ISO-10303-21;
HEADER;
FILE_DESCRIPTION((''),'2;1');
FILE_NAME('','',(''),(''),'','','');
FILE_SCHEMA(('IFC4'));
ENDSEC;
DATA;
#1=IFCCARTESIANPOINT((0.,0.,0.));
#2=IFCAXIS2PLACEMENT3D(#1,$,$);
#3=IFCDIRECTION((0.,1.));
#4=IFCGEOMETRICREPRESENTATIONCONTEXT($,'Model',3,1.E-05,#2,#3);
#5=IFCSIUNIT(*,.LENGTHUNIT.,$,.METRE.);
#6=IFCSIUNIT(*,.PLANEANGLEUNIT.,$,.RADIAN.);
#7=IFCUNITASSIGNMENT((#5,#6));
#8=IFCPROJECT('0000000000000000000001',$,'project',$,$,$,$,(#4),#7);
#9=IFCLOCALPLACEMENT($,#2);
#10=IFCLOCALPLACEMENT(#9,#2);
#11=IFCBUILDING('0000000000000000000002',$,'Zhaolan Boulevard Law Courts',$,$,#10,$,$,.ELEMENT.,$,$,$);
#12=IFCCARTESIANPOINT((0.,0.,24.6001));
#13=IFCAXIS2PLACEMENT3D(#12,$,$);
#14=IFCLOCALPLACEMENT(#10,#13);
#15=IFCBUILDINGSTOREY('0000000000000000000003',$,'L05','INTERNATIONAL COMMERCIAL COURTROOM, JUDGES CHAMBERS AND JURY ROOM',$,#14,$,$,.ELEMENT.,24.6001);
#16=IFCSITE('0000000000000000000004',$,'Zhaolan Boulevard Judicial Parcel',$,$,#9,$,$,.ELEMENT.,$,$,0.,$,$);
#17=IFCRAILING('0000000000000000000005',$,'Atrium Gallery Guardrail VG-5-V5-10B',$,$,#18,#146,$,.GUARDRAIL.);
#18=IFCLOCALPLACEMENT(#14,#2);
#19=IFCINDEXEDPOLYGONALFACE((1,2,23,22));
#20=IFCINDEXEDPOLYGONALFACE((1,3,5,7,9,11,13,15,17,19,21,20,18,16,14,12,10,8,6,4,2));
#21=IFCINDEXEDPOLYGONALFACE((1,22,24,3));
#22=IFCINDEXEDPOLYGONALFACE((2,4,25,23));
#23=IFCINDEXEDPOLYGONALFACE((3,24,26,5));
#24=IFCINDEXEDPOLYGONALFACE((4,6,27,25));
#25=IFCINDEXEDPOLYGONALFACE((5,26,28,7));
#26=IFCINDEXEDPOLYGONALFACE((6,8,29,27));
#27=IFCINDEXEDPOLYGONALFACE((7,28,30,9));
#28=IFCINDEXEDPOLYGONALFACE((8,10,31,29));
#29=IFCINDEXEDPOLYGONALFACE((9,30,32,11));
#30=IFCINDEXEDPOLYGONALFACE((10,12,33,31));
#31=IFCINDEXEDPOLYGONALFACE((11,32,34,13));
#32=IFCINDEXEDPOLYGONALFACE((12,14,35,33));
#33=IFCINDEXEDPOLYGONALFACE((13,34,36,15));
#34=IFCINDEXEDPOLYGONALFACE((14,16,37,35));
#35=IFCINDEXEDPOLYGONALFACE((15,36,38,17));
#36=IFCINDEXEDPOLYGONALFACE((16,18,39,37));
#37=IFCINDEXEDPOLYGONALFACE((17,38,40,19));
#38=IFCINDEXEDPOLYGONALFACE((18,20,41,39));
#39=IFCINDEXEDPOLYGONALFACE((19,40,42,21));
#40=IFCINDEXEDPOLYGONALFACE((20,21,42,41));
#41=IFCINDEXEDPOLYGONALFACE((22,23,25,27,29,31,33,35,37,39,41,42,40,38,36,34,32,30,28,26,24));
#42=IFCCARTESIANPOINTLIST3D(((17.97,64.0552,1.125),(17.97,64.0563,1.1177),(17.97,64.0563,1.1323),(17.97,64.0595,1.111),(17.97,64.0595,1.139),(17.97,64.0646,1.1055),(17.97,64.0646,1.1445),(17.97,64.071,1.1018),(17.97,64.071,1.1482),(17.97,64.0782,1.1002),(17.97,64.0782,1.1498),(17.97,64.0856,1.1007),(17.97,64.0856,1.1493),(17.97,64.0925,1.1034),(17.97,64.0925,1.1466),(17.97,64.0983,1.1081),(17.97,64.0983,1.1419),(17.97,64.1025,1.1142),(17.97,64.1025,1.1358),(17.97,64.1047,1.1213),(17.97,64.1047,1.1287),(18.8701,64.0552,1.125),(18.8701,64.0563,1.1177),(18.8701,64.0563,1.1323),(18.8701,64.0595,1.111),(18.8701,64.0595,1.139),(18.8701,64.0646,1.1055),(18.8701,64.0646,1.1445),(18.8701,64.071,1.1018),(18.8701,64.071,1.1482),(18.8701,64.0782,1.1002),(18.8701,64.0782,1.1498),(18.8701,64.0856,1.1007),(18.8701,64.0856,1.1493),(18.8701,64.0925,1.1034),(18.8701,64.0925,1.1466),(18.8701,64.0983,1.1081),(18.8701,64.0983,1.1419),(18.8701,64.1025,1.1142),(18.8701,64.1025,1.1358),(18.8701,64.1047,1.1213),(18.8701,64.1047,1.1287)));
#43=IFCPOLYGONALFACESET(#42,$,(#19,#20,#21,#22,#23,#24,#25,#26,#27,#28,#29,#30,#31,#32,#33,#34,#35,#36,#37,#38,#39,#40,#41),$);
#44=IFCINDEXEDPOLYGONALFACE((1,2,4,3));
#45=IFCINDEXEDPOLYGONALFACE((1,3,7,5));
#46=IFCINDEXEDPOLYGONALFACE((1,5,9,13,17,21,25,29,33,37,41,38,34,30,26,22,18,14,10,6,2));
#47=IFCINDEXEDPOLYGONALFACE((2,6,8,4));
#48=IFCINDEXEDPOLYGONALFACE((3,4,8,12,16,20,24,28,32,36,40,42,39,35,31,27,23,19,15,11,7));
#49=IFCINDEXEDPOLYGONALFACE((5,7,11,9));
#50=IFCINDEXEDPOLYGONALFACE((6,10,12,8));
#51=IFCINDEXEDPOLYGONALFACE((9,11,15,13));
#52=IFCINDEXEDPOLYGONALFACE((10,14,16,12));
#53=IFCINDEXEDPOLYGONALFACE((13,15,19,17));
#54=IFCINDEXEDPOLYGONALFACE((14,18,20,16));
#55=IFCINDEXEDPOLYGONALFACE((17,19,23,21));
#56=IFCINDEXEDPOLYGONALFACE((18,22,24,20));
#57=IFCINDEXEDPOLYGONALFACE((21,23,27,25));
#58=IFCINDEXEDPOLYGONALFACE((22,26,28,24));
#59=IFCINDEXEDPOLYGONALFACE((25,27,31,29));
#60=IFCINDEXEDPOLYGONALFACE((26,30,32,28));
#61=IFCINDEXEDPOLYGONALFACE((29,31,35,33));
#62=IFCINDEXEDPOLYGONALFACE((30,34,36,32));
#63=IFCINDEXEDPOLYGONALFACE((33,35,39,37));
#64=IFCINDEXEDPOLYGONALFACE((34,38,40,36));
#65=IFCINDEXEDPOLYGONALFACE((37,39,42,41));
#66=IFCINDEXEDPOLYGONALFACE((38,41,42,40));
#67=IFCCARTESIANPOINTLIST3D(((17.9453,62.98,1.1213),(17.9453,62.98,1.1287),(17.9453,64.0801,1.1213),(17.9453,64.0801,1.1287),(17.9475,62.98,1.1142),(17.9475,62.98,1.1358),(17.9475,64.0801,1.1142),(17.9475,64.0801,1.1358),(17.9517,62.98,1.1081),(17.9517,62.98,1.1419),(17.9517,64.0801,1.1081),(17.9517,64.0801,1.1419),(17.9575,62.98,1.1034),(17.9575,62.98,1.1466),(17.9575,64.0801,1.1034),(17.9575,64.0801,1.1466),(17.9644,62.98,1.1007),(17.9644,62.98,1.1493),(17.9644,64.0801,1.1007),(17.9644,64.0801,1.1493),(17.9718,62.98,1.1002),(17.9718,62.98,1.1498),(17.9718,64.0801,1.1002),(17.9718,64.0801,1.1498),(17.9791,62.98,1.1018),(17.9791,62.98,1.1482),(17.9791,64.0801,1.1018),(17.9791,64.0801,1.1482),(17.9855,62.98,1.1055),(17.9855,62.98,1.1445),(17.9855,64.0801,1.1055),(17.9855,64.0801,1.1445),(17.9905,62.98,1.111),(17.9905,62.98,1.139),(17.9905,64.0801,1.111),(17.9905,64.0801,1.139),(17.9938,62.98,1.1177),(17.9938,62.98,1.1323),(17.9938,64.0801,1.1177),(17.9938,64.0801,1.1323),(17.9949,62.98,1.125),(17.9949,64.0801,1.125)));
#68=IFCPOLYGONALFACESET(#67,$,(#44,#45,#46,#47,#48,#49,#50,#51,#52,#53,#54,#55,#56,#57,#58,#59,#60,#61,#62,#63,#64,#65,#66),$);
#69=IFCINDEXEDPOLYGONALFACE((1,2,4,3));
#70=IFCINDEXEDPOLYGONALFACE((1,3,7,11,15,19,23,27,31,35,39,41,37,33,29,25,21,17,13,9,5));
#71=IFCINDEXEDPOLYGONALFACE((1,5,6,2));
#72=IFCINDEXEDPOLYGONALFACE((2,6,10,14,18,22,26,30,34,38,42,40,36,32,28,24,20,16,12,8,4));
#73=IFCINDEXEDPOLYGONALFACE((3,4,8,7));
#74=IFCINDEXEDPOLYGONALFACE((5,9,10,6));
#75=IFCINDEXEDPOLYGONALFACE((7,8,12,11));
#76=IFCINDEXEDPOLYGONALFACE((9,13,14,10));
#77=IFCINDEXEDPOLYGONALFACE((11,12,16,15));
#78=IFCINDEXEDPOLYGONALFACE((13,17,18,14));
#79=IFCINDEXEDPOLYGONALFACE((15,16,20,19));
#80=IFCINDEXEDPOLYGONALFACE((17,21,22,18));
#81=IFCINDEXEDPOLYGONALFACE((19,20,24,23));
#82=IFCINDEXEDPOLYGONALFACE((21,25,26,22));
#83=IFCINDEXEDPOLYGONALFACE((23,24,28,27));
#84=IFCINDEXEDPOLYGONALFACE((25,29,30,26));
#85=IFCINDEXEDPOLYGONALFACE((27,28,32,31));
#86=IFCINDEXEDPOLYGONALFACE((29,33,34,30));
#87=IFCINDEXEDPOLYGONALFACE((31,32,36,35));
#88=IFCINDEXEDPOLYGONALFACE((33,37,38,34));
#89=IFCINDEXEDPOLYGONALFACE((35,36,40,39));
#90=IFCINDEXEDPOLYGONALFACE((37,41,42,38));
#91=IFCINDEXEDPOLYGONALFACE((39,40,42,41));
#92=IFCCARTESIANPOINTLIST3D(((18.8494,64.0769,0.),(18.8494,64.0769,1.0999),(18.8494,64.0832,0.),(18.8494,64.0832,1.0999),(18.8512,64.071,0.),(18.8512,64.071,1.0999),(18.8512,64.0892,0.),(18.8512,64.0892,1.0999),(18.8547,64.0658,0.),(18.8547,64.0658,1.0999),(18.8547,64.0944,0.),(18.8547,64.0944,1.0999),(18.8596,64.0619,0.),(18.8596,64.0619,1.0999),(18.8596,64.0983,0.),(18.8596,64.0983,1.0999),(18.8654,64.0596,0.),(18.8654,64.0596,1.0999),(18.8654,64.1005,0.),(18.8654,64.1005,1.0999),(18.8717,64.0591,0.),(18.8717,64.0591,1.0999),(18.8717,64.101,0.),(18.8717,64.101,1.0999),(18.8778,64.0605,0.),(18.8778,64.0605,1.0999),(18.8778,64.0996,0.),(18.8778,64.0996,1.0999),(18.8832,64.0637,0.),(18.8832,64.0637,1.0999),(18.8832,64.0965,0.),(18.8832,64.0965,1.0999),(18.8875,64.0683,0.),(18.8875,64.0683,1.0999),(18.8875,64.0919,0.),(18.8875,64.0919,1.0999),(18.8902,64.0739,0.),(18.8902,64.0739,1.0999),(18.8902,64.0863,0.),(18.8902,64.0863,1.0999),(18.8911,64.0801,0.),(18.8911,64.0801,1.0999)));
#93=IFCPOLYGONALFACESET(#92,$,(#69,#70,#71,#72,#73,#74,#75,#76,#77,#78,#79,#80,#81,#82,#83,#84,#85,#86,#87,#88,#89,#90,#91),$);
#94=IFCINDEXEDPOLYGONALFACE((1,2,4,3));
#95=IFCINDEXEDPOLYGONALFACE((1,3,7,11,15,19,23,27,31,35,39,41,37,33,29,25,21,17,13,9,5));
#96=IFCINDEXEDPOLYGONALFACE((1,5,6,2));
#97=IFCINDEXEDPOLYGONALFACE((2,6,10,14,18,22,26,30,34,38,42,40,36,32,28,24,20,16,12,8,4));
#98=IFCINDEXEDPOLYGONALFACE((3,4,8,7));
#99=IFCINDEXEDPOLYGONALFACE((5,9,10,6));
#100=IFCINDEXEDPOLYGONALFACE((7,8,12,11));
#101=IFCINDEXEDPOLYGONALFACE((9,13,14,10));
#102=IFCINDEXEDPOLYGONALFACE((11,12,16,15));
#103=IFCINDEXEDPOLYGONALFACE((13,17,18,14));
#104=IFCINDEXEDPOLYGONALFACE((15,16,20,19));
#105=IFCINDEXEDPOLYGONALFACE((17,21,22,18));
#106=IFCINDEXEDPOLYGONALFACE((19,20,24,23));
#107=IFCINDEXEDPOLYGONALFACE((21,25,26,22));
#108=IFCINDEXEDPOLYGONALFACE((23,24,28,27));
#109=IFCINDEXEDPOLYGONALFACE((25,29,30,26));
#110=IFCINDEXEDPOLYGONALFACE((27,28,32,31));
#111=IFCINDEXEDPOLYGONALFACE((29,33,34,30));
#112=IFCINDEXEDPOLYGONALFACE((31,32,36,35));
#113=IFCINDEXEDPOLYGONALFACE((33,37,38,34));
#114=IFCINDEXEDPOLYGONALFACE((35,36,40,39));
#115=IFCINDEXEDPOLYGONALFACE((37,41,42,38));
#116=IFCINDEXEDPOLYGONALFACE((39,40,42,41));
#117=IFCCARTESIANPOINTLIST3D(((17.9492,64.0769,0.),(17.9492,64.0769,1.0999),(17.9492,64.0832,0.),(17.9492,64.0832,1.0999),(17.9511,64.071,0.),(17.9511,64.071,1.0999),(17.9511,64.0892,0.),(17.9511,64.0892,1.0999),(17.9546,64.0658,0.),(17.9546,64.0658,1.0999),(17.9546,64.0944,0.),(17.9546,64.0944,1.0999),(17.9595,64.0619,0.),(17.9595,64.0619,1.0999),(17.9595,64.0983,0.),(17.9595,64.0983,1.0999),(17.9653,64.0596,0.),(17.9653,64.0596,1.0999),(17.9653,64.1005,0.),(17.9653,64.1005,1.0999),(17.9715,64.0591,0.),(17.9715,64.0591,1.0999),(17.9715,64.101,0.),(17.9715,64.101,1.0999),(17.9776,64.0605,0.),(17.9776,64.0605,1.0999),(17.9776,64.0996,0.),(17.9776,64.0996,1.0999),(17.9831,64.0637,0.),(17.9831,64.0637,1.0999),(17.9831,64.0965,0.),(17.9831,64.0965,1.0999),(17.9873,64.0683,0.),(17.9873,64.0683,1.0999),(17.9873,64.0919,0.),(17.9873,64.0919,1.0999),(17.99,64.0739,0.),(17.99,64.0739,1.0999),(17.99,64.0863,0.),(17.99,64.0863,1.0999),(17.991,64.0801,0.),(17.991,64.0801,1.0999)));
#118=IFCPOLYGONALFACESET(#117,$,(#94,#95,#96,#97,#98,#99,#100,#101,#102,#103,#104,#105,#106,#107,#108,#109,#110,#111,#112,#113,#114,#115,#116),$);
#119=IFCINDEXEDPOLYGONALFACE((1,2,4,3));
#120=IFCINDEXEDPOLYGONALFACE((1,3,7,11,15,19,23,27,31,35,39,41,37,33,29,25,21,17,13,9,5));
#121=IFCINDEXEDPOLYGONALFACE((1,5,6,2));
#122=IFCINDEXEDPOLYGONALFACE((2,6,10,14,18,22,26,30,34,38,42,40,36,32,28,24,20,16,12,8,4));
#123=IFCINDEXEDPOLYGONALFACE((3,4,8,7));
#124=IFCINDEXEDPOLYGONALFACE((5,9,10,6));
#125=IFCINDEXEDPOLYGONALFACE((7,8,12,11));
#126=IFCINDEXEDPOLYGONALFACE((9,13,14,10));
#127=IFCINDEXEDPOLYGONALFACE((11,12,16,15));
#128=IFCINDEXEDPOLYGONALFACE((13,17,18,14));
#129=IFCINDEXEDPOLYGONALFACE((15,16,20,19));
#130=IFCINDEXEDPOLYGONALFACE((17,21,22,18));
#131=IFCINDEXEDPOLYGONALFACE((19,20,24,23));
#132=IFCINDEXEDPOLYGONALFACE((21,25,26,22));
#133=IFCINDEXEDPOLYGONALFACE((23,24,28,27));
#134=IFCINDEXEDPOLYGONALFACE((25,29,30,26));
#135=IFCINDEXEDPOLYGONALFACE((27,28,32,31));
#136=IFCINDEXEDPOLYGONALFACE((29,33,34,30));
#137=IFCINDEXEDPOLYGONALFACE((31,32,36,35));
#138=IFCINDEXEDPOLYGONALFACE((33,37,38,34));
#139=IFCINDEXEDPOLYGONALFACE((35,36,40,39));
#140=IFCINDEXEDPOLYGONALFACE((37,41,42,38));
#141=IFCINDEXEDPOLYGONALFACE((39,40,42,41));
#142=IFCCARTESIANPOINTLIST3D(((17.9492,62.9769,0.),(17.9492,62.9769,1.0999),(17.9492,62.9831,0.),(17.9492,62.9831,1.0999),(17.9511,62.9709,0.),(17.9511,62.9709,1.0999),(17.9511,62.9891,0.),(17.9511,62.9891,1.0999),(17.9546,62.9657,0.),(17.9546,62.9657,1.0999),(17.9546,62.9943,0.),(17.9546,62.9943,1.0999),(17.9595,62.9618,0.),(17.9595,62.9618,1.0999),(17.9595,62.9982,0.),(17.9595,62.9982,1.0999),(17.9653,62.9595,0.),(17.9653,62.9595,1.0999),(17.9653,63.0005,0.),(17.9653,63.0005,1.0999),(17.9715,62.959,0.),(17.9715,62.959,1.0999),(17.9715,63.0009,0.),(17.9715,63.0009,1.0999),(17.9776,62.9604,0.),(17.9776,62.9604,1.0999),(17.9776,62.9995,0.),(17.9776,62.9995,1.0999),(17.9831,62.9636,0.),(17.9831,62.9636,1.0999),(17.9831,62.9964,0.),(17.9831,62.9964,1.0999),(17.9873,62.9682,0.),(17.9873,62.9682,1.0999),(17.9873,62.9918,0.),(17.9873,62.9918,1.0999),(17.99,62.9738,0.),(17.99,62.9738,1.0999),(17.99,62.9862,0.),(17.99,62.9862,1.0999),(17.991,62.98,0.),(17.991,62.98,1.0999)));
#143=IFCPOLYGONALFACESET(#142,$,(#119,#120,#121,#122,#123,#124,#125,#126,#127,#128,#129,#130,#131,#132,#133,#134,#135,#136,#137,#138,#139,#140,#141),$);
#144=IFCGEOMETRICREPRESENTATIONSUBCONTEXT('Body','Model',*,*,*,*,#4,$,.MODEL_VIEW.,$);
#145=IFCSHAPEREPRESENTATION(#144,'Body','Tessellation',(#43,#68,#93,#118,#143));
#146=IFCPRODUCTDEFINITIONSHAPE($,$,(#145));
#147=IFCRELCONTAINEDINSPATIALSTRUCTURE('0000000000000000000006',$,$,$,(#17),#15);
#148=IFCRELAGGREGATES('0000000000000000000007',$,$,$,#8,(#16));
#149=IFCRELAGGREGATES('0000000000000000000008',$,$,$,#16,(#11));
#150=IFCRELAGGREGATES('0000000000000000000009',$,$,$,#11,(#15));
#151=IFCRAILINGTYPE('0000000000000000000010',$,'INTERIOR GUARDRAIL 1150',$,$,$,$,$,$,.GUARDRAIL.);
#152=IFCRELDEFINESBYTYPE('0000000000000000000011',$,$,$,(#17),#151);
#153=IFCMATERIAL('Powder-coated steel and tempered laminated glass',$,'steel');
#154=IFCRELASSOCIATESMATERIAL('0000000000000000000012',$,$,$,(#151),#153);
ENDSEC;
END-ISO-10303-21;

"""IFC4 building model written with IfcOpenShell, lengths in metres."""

from ifc_helpers import new_model, si_unit, direction, frame, origin, origin_2d, place, context, subcontext, project, spatial, circle, extrude, material, type_object, element, save


model = new_model("IFC4")

# Units and contexts
model_context = context("Model", 3, precision=1e-05, world=origin(), true_north=direction((0.0, 1.0)))
body_context = subcontext(model_context, "Body", "Model", "MODEL_VIEW")
ifc_project = project(units=[si_unit("LENGTHUNIT", "METRE"), si_unit("PLANEANGLEUNIT", "RADIAN")], contexts=[model_context])

# Site, building, storey
site_placement = place(None, origin())
site = spatial("IfcSite", under=ifc_project, at=site_placement, Name="Zhaolan Boulevard Judicial Parcel", CompositionType="ELEMENT", RefElevation=0.0)
building_placement = place(site_placement, origin())
building = spatial("IfcBuilding", under=site, at=building_placement, Name="Zhaolan Boulevard Law Courts", CompositionType="ELEMENT")
storey_placement = place(building_placement, frame((0.0, 0.0, 24.6001)))
storey = spatial("IfcBuildingStorey", under=building, at=storey_placement, Name="L05", Description="INTERNATIONAL COMMERCIAL COURTROOM, JUDGES CHAMBERS AND JURY ROOM", CompositionType="ELEMENT", Elevation=24.6001)

# Railing
ifc_material_1 = material(Name="Powder-coated steel and tempered laminated glass", Category="steel")
railing_type_1 = type_object("IfcRailingType", Name="INTERIOR GUARDRAIL 1150", PredefinedType="GUARDRAIL", material=ifc_material_1)
railing_1_placement = place(storey_placement, frame((18.8701, 64.0801, 0.0)))
element("IfcRailing", 1, at=railing_1_placement, inside=storey, type_object=railing_type_1, Name="Atrium Gallery Guardrail VG-5-V5-10B", PredefinedType="GUARDRAIL", context=body_context, shape_type="SweptSolid", body=[
    extrude(circle(Radius=0.0249, at=origin_2d()), frame((0.0, 0.0, 1.125), z_axis=(-1.0, 0.0, 0.0), x_axis=(0.0, -1.0, 0.0)), (0.0, 0.0, 1.0), 0.9001),
    extrude(circle(Radius=0.0249, at=origin_2d()), frame((-0.9001, 0.0, 1.125), z_axis=(0.0, -1.0, 0.0), x_axis=(1.0, 0.0, 0.0)), (0.0, 0.0, 1.0), 1.1001),
    extrude(circle(Radius=0.021, at=origin_2d()), origin(), (0.0, 0.0, 1.0), 1.0999),
    extrude(circle(Radius=0.021, at=origin_2d()), frame((-0.9001, 0.0, 0.0)), (0.0, 0.0, 1.0), 1.0999),
    extrude(circle(Radius=0.021, at=origin_2d()), frame((-0.9001, -1.1001, 0.0)), (0.0, 0.0, 1.0), 1.0999),
])

save(model, "model.ifc")
